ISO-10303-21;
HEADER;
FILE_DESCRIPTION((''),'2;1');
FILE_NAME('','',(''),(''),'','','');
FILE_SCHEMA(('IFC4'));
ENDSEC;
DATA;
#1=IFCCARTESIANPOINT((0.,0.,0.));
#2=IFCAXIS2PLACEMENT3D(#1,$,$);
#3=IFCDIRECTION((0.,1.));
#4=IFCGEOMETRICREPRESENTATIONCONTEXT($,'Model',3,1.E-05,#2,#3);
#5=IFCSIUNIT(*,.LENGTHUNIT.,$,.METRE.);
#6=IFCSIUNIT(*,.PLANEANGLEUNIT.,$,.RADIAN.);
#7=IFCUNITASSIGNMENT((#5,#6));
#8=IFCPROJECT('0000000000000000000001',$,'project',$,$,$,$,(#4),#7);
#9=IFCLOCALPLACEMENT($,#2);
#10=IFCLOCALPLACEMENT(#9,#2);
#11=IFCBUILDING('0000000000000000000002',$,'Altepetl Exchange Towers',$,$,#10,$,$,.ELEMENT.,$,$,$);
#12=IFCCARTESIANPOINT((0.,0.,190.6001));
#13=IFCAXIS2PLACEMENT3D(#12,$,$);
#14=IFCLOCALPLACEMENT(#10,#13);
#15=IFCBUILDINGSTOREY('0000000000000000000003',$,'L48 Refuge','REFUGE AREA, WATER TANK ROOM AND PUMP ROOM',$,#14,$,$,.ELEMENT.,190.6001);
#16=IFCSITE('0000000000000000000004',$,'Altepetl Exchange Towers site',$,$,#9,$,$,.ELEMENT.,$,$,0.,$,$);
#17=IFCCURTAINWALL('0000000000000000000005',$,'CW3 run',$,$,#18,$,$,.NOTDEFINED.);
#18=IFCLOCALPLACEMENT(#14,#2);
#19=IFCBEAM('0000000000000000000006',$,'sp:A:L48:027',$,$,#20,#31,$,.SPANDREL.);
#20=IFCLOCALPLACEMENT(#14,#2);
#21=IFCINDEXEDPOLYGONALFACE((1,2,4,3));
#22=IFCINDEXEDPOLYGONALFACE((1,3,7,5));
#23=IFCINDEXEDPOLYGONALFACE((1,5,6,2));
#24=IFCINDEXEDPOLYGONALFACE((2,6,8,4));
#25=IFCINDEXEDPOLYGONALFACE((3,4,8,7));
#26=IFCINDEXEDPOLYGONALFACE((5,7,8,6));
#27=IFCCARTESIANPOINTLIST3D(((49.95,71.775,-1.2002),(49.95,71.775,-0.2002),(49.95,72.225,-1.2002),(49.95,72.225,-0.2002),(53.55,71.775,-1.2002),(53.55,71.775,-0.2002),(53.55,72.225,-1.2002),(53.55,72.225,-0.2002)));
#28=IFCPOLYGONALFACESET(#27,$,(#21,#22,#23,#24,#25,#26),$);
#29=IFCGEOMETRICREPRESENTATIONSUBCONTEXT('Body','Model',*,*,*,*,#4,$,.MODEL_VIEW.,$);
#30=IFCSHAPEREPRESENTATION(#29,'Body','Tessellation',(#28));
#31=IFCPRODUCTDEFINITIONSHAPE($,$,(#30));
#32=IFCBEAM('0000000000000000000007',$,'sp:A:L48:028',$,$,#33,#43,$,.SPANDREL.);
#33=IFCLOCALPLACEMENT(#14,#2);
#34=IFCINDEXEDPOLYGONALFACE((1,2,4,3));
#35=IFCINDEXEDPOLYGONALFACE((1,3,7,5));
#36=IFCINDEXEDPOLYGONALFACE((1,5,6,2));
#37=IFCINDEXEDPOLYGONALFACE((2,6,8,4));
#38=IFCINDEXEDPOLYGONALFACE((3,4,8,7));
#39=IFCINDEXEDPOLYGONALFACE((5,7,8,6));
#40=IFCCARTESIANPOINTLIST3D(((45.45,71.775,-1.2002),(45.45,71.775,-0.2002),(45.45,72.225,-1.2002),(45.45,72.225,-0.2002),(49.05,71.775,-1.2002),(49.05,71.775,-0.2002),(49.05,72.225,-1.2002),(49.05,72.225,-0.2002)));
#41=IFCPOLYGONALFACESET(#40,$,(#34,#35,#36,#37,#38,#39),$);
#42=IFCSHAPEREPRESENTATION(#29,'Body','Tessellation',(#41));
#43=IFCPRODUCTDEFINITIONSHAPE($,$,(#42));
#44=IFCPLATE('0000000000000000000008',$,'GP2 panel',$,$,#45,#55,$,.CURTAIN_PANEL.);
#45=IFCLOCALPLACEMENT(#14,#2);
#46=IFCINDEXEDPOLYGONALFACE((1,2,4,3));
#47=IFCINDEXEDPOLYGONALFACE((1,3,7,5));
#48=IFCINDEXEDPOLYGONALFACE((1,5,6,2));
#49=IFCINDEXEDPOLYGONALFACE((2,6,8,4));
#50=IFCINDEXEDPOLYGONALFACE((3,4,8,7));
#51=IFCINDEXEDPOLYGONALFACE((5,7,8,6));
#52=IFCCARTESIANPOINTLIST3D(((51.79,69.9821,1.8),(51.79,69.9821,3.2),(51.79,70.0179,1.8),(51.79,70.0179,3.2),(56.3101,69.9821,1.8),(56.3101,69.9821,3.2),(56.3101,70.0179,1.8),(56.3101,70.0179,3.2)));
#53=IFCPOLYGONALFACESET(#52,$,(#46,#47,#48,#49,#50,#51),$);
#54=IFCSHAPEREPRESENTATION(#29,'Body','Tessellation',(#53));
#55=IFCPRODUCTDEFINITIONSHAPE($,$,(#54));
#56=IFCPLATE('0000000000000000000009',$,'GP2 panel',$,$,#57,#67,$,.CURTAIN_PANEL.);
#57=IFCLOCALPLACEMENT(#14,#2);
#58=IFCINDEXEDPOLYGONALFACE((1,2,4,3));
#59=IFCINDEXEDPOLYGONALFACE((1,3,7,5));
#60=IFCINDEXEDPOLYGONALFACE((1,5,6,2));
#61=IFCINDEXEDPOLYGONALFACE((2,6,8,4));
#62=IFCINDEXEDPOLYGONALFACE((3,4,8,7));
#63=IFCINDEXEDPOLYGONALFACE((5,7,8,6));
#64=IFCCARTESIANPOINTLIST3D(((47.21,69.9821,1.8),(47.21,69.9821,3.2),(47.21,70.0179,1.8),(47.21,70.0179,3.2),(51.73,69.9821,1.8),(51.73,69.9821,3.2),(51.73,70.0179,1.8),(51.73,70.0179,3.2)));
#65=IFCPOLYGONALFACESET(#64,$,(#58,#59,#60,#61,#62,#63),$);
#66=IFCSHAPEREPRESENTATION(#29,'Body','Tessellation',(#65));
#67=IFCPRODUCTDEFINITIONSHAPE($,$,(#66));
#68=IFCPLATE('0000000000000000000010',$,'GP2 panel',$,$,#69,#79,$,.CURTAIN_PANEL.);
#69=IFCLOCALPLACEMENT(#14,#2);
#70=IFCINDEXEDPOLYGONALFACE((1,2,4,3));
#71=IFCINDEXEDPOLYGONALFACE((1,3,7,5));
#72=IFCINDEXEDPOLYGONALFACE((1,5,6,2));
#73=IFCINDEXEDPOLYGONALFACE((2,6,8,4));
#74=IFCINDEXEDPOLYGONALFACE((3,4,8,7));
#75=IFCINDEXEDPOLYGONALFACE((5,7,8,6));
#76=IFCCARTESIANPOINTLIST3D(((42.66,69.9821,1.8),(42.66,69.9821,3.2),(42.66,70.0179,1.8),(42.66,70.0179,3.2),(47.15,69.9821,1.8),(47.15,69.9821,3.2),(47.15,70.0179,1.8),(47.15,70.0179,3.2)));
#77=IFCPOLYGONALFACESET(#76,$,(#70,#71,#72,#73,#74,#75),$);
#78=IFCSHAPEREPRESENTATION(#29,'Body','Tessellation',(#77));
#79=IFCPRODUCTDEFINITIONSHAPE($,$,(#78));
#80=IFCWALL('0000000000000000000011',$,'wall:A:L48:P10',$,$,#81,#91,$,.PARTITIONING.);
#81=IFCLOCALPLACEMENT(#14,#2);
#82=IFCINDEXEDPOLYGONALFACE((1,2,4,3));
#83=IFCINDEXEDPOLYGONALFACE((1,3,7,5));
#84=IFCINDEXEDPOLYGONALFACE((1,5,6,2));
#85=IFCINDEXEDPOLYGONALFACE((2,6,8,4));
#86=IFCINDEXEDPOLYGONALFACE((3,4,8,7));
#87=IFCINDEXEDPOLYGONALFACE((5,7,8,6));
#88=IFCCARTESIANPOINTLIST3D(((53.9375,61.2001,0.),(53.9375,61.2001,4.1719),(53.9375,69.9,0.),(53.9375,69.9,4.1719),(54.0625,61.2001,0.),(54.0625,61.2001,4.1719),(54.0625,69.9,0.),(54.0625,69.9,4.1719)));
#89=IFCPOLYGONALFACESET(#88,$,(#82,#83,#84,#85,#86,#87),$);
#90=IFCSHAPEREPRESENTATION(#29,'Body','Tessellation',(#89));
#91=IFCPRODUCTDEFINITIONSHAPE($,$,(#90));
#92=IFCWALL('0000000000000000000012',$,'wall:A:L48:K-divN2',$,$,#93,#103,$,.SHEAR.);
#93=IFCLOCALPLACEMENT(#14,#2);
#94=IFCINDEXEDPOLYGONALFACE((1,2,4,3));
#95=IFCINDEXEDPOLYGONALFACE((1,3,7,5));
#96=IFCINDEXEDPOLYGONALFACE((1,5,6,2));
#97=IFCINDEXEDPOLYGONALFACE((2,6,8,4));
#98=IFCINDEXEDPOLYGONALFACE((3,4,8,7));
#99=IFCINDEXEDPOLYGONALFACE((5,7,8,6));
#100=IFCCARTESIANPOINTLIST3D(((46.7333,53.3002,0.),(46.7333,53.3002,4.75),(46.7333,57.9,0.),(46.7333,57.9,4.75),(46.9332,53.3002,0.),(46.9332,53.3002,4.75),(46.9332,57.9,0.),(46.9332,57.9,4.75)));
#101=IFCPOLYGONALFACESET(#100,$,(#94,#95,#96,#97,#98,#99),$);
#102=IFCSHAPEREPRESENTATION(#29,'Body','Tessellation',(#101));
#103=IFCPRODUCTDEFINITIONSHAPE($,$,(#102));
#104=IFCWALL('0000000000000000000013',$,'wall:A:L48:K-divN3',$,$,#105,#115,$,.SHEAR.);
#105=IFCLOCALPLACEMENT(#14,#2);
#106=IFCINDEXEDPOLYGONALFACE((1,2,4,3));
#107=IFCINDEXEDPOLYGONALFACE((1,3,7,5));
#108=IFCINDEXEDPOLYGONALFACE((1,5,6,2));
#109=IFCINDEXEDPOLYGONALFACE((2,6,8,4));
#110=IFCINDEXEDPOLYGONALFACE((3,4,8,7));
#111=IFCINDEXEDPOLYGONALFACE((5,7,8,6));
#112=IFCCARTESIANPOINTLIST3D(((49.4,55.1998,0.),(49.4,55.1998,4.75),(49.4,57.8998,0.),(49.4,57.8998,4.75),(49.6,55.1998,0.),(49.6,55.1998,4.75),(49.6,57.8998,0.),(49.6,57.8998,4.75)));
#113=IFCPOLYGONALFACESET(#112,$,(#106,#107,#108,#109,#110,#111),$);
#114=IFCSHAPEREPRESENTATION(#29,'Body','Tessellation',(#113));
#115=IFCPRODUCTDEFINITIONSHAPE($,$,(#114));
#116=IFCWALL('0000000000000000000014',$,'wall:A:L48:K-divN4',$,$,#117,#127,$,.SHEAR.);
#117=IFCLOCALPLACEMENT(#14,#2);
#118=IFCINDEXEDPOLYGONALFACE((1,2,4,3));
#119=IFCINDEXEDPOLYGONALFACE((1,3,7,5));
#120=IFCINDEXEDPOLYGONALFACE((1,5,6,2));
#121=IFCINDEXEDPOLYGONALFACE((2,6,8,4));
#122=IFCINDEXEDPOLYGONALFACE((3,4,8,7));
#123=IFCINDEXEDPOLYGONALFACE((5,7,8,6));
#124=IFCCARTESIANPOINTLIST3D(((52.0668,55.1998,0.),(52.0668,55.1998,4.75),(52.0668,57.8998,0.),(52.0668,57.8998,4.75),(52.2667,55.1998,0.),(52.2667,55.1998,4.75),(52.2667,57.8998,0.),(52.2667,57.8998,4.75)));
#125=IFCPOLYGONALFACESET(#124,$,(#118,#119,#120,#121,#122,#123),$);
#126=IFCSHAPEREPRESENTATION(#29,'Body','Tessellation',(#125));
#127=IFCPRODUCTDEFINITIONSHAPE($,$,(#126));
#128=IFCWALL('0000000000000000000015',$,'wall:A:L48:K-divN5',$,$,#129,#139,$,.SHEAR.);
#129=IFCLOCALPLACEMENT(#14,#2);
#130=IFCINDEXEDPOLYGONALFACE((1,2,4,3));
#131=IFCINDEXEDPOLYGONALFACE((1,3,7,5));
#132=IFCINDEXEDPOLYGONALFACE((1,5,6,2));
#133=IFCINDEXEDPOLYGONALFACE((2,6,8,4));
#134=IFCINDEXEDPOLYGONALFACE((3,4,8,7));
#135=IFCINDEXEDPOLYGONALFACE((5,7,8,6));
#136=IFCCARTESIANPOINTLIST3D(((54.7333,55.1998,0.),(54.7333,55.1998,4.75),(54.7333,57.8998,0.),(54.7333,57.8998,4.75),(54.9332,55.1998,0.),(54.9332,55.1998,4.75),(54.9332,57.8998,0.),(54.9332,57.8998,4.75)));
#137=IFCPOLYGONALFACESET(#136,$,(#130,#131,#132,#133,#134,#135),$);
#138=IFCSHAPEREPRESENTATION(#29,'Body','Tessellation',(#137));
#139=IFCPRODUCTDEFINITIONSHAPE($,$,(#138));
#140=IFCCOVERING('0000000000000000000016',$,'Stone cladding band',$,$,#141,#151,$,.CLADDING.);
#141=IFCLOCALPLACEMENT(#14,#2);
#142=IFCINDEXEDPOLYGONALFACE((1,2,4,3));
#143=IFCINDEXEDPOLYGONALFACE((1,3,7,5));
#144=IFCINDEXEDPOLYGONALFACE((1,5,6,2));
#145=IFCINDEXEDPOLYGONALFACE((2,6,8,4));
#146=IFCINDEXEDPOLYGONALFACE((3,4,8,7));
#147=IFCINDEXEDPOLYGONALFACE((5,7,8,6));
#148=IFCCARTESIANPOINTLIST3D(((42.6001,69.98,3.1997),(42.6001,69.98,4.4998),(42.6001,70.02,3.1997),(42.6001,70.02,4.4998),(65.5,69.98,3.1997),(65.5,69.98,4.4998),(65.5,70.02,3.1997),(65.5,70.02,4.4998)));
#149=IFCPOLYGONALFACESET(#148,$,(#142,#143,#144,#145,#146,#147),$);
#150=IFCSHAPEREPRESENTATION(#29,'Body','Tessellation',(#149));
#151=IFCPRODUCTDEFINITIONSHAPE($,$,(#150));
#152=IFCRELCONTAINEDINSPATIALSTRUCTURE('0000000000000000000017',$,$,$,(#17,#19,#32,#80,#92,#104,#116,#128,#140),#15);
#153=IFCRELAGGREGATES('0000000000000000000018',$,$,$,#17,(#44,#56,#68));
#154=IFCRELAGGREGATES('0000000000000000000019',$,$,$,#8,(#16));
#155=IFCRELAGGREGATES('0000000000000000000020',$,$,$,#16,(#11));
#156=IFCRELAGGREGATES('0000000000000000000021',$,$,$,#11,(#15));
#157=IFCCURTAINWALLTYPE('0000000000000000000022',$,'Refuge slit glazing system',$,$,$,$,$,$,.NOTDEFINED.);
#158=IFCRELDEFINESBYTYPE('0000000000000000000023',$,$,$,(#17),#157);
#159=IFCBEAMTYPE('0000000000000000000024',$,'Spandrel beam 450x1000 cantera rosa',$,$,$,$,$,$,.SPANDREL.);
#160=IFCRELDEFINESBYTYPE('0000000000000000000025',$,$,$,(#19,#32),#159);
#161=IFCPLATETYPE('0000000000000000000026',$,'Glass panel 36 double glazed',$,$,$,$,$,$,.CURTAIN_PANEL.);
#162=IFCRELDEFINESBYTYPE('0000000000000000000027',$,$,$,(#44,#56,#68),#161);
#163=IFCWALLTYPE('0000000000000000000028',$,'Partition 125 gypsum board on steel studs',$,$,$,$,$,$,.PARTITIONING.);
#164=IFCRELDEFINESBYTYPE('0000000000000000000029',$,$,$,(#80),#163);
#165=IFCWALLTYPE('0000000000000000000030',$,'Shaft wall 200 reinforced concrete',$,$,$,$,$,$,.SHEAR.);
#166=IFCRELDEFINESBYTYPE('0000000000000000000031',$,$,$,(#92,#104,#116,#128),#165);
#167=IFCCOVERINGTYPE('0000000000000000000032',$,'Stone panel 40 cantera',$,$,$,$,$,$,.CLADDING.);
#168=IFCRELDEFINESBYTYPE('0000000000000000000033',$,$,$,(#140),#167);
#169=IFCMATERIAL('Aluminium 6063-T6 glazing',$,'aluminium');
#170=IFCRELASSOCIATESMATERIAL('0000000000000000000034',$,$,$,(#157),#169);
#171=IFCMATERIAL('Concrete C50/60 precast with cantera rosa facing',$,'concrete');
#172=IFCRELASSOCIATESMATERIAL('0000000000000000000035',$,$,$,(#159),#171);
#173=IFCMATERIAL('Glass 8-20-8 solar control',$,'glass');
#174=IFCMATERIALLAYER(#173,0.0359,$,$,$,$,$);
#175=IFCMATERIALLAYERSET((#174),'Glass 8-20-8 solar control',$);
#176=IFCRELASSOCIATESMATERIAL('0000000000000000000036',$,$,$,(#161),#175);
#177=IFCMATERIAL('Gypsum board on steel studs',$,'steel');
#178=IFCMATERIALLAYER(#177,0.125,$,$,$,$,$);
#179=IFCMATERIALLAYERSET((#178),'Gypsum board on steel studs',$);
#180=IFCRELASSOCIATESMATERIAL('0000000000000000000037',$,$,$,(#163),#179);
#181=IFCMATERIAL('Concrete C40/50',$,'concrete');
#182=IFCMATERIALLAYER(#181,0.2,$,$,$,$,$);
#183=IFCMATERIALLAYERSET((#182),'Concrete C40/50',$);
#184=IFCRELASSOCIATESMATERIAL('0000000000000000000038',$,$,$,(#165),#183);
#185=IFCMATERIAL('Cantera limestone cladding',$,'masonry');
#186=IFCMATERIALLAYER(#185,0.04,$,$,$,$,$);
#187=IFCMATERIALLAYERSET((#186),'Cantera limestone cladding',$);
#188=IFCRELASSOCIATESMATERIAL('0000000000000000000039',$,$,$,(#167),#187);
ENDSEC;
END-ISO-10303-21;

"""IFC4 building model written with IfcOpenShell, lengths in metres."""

from ifc_helpers import new_model, si_unit, direction, frame, frame_2d, origin, origin_2d, place, context, subcontext, project, spatial, rectangle, extrude, material, layer, layer_set, material_profile, profile_set, type_object, element, aggregate, save


model = new_model("IFC4")

# Units and contexts
model_context = context("Model", 3, precision=1e-05, world=origin(), true_north=direction((0.0, 1.0)))
body_context = subcontext(model_context, "Body", "Model", "MODEL_VIEW")
ifc_project = project(units=[si_unit("LENGTHUNIT", "METRE"), si_unit("PLANEANGLEUNIT", "RADIAN")], contexts=[model_context])

# Site, building, storey
site_placement = place(None, origin())
site = spatial("IfcSite", under=ifc_project, at=site_placement, Name="Altepetl Exchange Towers site", CompositionType="ELEMENT", RefElevation=0.0)
building_placement = place(site_placement, origin())
building = spatial("IfcBuilding", under=site, at=building_placement, Name="Altepetl Exchange Towers", CompositionType="ELEMENT")
storey_placement = place(building_placement, frame((0.0, 0.0, 190.6001)))
storey = spatial("IfcBuildingStorey", under=building, at=storey_placement, Name="L48 Refuge", Description="REFUGE AREA, WATER TANK ROOM AND PUMP ROOM", CompositionType="ELEMENT", Elevation=190.6001)

# Curtain wall
ifc_material_1 = material(Name="Aluminium 6063-T6 glazing", Category="aluminium")
curtain_wall_type = type_object("IfcCurtainWallType", Name="Refuge slit glazing system", PredefinedType="NOTDEFINED", material=ifc_material_1)
curtain_wall_placement = place(storey_placement, origin())
curtain_wall = element("IfcCurtainWall", 1, at=curtain_wall_placement, inside=storey, type_object=curtain_wall_type, Name="CW3 run", PredefinedType="NOTDEFINED")

# Beams
ifc_material_2 = material(Name="Concrete C50/60 precast with cantera rosa facing", Category="concrete")
ifc_material_profile_1 = material_profile(ifc_material_2, rectangle(XDim=0.45, YDim=1.0, at=origin_2d()), Name="450 x 1000")
ifc_profile_set_1 = profile_set([ifc_material_profile_1], Name="Concrete C50/60 precast with cantera rosa facing")
beam_type_1 = type_object("IfcBeamType", Name="Spandrel beam 450x1000 cantera rosa", PredefinedType="SPANDREL", material=ifc_profile_set_1)
for number, where, z_axis, x_axis, name in (
    (2, (53.55, 72.0, -0.7002), (-1.0, 0.0, 0.0), (0.0, -1.0, 0.0), "sp:A:L48:027"),
    (3, (49.05, 72.0, -0.7002), (-1.0, 0.0, 0.0), (0.0, -1.0, 0.0), "sp:A:L48:028"),
):
    element("IfcBeam", number, at=place(storey_placement, frame(where, z_axis=z_axis, x_axis=x_axis)), inside=storey, type_object=beam_type_1, Name=name, PredefinedType="SPANDREL", context=body_context, shape_type="SweptSolid", body=[
        extrude(rectangle(XDim=0.45, YDim=1.0, at=origin_2d()), origin(), (0.0, 0.0, 1.0), 3.6001),
    ])

# Plates
ifc_material_3 = material(Name="Glass 8-20-8 solar control", Category="glass")
ifc_layer_1 = layer(ifc_material_3, 0.0359)
ifc_layer_set_1 = layer_set([ifc_layer_1], Name="Glass 8-20-8 solar control")
plate_type = type_object("IfcPlateType", Name="Glass panel 36 double glazed", PredefinedType="CURTAIN_PANEL", material=ifc_layer_set_1)
plate_1_placement = place(storey_placement, frame((54.05, 70.0, 1.8), z_axis=(0.0, 0.0, 1.0), x_axis=(-1.0, 0.0, 0.0)))
plate_1 = element("IfcPlate", 4, at=plate_1_placement, type_object=plate_type, Name="GP2 panel", PredefinedType="CURTAIN_PANEL", context=body_context, shape_type="SweptSolid", body=[
    extrude(rectangle(XDim=4.52, YDim=0.0359, at=origin_2d()), origin(), (0.0, 0.0, 1.0), 1.3999),
])
plate_2_placement = place(storey_placement, frame((49.47, 70.0, 1.8), z_axis=(0.0, 0.0, 1.0), x_axis=(-1.0, 0.0, 0.0)))
plate_2 = element("IfcPlate", 5, at=plate_2_placement, type_object=plate_type, Name="GP2 panel", PredefinedType="CURTAIN_PANEL", context=body_context, shape_type="SweptSolid", body=[
    extrude(rectangle(XDim=4.52, YDim=0.0359, at=origin_2d()), origin(), (0.0, 0.0, 1.0), 1.3999),
])
plate_3_placement = place(storey_placement, frame((44.905, 70.0, 1.8), z_axis=(0.0, 0.0, 1.0), x_axis=(-1.0, 0.0, 0.0)))
plate_3 = element("IfcPlate", 6, at=plate_3_placement, type_object=plate_type, Name="GP2 panel", PredefinedType="CURTAIN_PANEL", context=body_context, shape_type="SweptSolid", body=[
    extrude(rectangle(XDim=4.49, YDim=0.0359, at=origin_2d()), origin(), (0.0, 0.0, 1.0), 1.3999),
])
aggregate(curtain_wall, [plate_1, plate_2, plate_3])

# Walls
ifc_material_4 = material(Name="Gypsum board on steel studs", Category="steel")
ifc_layer_2 = layer(ifc_material_4, 0.125)
ifc_layer_set_2 = layer_set([ifc_layer_2], Name="Gypsum board on steel studs")
wall_type_1 = type_object("IfcWallType", Name="Partition 125 gypsum board on steel studs", PredefinedType="PARTITIONING", material=ifc_layer_set_2)
wall_1_placement = place(storey_placement, frame((54.0, 61.2, 0.0), z_axis=(0.0, 0.0, 1.0), x_axis=(0.0, 1.0, 0.0)))
element("IfcWall", 7, at=wall_1_placement, inside=storey, type_object=wall_type_1, Name="wall:A:L48:P10", PredefinedType="PARTITIONING", context=body_context, shape_type="SweptSolid", body=[
    extrude(rectangle(XDim=8.7, YDim=0.125, at=frame_2d((4.3501, 0.0))), origin(), (0.0, 0.0, 1.0), 4.1719),
])
ifc_material_5 = material(Name="Concrete C40/50", Category="concrete")
ifc_layer_3 = layer(ifc_material_5, 0.2)
ifc_layer_set_3 = layer_set([ifc_layer_3], Name="Concrete C40/50")
wall_type_2 = type_object("IfcWallType", Name="Shaft wall 200 reinforced concrete", PredefinedType="SHEAR", material=ifc_layer_set_3)
wall_2_placement = place(storey_placement, frame((46.8333, 57.8999, 0.0), z_axis=(0.0, 0.0, 1.0), x_axis=(0.0, -1.0, 0.0)))
element("IfcWall", 8, at=wall_2_placement, inside=storey, type_object=wall_type_2, Name="wall:A:L48:K-divN2", PredefinedType="SHEAR", context=body_context, shape_type="SweptSolid", body=[
    extrude(rectangle(XDim=4.5999, YDim=0.2, at=frame_2d((2.2998, 0.0))), origin(), (0.0, 0.0, 1.0), 4.75),
])
for number, where, z_axis, x_axis, name in (
    (9, (49.5, 57.8999, 0.0), (0.0, 0.0, 1.0), (0.0, -1.0, 0.0), "wall:A:L48:K-divN3"),
    (10, (52.1667, 57.8999, 0.0), (0.0, 0.0, 1.0), (0.0, -1.0, 0.0), "wall:A:L48:K-divN4"),
    (11, (54.8333, 57.8999, 0.0), (0.0, 0.0, 1.0), (0.0, -1.0, 0.0), "wall:A:L48:K-divN5"),
):
    element("IfcWall", number, at=place(storey_placement, frame(where, z_axis=z_axis, x_axis=x_axis)), inside=storey, type_object=wall_type_2, Name=name, PredefinedType="SHEAR", context=body_context, shape_type="SweptSolid", body=[
        extrude(rectangle(XDim=2.7, YDim=0.2, at=frame_2d((1.3501, 0.0))), origin(), (0.0, 0.0, 1.0), 4.75),
    ])

# Covering
ifc_material_6 = material(Name="Cantera limestone cladding", Category="masonry")
ifc_layer_4 = layer(ifc_material_6, 0.04)
ifc_layer_set_4 = layer_set([ifc_layer_4], Name="Cantera limestone cladding")
covering_type = type_object("IfcCoveringType", Name="Stone panel 40 cantera", PredefinedType="CLADDING", material=ifc_layer_set_4)
covering_placement = place(storey_placement, frame((54.05, 70.0, 3.1997), z_axis=(0.0, 0.0, 1.0), x_axis=(-1.0, 0.0, 0.0)))
element("IfcCovering", 12, at=covering_placement, inside=storey, type_object=covering_type, Name="Stone cladding band", PredefinedType="CLADDING", context=body_context, shape_type="SweptSolid", body=[
    extrude(rectangle(XDim=22.8999, YDim=0.04, at=origin_2d()), origin(), (0.0, 0.0, 1.0), 1.3),
])

save(model, "model.ifc")
